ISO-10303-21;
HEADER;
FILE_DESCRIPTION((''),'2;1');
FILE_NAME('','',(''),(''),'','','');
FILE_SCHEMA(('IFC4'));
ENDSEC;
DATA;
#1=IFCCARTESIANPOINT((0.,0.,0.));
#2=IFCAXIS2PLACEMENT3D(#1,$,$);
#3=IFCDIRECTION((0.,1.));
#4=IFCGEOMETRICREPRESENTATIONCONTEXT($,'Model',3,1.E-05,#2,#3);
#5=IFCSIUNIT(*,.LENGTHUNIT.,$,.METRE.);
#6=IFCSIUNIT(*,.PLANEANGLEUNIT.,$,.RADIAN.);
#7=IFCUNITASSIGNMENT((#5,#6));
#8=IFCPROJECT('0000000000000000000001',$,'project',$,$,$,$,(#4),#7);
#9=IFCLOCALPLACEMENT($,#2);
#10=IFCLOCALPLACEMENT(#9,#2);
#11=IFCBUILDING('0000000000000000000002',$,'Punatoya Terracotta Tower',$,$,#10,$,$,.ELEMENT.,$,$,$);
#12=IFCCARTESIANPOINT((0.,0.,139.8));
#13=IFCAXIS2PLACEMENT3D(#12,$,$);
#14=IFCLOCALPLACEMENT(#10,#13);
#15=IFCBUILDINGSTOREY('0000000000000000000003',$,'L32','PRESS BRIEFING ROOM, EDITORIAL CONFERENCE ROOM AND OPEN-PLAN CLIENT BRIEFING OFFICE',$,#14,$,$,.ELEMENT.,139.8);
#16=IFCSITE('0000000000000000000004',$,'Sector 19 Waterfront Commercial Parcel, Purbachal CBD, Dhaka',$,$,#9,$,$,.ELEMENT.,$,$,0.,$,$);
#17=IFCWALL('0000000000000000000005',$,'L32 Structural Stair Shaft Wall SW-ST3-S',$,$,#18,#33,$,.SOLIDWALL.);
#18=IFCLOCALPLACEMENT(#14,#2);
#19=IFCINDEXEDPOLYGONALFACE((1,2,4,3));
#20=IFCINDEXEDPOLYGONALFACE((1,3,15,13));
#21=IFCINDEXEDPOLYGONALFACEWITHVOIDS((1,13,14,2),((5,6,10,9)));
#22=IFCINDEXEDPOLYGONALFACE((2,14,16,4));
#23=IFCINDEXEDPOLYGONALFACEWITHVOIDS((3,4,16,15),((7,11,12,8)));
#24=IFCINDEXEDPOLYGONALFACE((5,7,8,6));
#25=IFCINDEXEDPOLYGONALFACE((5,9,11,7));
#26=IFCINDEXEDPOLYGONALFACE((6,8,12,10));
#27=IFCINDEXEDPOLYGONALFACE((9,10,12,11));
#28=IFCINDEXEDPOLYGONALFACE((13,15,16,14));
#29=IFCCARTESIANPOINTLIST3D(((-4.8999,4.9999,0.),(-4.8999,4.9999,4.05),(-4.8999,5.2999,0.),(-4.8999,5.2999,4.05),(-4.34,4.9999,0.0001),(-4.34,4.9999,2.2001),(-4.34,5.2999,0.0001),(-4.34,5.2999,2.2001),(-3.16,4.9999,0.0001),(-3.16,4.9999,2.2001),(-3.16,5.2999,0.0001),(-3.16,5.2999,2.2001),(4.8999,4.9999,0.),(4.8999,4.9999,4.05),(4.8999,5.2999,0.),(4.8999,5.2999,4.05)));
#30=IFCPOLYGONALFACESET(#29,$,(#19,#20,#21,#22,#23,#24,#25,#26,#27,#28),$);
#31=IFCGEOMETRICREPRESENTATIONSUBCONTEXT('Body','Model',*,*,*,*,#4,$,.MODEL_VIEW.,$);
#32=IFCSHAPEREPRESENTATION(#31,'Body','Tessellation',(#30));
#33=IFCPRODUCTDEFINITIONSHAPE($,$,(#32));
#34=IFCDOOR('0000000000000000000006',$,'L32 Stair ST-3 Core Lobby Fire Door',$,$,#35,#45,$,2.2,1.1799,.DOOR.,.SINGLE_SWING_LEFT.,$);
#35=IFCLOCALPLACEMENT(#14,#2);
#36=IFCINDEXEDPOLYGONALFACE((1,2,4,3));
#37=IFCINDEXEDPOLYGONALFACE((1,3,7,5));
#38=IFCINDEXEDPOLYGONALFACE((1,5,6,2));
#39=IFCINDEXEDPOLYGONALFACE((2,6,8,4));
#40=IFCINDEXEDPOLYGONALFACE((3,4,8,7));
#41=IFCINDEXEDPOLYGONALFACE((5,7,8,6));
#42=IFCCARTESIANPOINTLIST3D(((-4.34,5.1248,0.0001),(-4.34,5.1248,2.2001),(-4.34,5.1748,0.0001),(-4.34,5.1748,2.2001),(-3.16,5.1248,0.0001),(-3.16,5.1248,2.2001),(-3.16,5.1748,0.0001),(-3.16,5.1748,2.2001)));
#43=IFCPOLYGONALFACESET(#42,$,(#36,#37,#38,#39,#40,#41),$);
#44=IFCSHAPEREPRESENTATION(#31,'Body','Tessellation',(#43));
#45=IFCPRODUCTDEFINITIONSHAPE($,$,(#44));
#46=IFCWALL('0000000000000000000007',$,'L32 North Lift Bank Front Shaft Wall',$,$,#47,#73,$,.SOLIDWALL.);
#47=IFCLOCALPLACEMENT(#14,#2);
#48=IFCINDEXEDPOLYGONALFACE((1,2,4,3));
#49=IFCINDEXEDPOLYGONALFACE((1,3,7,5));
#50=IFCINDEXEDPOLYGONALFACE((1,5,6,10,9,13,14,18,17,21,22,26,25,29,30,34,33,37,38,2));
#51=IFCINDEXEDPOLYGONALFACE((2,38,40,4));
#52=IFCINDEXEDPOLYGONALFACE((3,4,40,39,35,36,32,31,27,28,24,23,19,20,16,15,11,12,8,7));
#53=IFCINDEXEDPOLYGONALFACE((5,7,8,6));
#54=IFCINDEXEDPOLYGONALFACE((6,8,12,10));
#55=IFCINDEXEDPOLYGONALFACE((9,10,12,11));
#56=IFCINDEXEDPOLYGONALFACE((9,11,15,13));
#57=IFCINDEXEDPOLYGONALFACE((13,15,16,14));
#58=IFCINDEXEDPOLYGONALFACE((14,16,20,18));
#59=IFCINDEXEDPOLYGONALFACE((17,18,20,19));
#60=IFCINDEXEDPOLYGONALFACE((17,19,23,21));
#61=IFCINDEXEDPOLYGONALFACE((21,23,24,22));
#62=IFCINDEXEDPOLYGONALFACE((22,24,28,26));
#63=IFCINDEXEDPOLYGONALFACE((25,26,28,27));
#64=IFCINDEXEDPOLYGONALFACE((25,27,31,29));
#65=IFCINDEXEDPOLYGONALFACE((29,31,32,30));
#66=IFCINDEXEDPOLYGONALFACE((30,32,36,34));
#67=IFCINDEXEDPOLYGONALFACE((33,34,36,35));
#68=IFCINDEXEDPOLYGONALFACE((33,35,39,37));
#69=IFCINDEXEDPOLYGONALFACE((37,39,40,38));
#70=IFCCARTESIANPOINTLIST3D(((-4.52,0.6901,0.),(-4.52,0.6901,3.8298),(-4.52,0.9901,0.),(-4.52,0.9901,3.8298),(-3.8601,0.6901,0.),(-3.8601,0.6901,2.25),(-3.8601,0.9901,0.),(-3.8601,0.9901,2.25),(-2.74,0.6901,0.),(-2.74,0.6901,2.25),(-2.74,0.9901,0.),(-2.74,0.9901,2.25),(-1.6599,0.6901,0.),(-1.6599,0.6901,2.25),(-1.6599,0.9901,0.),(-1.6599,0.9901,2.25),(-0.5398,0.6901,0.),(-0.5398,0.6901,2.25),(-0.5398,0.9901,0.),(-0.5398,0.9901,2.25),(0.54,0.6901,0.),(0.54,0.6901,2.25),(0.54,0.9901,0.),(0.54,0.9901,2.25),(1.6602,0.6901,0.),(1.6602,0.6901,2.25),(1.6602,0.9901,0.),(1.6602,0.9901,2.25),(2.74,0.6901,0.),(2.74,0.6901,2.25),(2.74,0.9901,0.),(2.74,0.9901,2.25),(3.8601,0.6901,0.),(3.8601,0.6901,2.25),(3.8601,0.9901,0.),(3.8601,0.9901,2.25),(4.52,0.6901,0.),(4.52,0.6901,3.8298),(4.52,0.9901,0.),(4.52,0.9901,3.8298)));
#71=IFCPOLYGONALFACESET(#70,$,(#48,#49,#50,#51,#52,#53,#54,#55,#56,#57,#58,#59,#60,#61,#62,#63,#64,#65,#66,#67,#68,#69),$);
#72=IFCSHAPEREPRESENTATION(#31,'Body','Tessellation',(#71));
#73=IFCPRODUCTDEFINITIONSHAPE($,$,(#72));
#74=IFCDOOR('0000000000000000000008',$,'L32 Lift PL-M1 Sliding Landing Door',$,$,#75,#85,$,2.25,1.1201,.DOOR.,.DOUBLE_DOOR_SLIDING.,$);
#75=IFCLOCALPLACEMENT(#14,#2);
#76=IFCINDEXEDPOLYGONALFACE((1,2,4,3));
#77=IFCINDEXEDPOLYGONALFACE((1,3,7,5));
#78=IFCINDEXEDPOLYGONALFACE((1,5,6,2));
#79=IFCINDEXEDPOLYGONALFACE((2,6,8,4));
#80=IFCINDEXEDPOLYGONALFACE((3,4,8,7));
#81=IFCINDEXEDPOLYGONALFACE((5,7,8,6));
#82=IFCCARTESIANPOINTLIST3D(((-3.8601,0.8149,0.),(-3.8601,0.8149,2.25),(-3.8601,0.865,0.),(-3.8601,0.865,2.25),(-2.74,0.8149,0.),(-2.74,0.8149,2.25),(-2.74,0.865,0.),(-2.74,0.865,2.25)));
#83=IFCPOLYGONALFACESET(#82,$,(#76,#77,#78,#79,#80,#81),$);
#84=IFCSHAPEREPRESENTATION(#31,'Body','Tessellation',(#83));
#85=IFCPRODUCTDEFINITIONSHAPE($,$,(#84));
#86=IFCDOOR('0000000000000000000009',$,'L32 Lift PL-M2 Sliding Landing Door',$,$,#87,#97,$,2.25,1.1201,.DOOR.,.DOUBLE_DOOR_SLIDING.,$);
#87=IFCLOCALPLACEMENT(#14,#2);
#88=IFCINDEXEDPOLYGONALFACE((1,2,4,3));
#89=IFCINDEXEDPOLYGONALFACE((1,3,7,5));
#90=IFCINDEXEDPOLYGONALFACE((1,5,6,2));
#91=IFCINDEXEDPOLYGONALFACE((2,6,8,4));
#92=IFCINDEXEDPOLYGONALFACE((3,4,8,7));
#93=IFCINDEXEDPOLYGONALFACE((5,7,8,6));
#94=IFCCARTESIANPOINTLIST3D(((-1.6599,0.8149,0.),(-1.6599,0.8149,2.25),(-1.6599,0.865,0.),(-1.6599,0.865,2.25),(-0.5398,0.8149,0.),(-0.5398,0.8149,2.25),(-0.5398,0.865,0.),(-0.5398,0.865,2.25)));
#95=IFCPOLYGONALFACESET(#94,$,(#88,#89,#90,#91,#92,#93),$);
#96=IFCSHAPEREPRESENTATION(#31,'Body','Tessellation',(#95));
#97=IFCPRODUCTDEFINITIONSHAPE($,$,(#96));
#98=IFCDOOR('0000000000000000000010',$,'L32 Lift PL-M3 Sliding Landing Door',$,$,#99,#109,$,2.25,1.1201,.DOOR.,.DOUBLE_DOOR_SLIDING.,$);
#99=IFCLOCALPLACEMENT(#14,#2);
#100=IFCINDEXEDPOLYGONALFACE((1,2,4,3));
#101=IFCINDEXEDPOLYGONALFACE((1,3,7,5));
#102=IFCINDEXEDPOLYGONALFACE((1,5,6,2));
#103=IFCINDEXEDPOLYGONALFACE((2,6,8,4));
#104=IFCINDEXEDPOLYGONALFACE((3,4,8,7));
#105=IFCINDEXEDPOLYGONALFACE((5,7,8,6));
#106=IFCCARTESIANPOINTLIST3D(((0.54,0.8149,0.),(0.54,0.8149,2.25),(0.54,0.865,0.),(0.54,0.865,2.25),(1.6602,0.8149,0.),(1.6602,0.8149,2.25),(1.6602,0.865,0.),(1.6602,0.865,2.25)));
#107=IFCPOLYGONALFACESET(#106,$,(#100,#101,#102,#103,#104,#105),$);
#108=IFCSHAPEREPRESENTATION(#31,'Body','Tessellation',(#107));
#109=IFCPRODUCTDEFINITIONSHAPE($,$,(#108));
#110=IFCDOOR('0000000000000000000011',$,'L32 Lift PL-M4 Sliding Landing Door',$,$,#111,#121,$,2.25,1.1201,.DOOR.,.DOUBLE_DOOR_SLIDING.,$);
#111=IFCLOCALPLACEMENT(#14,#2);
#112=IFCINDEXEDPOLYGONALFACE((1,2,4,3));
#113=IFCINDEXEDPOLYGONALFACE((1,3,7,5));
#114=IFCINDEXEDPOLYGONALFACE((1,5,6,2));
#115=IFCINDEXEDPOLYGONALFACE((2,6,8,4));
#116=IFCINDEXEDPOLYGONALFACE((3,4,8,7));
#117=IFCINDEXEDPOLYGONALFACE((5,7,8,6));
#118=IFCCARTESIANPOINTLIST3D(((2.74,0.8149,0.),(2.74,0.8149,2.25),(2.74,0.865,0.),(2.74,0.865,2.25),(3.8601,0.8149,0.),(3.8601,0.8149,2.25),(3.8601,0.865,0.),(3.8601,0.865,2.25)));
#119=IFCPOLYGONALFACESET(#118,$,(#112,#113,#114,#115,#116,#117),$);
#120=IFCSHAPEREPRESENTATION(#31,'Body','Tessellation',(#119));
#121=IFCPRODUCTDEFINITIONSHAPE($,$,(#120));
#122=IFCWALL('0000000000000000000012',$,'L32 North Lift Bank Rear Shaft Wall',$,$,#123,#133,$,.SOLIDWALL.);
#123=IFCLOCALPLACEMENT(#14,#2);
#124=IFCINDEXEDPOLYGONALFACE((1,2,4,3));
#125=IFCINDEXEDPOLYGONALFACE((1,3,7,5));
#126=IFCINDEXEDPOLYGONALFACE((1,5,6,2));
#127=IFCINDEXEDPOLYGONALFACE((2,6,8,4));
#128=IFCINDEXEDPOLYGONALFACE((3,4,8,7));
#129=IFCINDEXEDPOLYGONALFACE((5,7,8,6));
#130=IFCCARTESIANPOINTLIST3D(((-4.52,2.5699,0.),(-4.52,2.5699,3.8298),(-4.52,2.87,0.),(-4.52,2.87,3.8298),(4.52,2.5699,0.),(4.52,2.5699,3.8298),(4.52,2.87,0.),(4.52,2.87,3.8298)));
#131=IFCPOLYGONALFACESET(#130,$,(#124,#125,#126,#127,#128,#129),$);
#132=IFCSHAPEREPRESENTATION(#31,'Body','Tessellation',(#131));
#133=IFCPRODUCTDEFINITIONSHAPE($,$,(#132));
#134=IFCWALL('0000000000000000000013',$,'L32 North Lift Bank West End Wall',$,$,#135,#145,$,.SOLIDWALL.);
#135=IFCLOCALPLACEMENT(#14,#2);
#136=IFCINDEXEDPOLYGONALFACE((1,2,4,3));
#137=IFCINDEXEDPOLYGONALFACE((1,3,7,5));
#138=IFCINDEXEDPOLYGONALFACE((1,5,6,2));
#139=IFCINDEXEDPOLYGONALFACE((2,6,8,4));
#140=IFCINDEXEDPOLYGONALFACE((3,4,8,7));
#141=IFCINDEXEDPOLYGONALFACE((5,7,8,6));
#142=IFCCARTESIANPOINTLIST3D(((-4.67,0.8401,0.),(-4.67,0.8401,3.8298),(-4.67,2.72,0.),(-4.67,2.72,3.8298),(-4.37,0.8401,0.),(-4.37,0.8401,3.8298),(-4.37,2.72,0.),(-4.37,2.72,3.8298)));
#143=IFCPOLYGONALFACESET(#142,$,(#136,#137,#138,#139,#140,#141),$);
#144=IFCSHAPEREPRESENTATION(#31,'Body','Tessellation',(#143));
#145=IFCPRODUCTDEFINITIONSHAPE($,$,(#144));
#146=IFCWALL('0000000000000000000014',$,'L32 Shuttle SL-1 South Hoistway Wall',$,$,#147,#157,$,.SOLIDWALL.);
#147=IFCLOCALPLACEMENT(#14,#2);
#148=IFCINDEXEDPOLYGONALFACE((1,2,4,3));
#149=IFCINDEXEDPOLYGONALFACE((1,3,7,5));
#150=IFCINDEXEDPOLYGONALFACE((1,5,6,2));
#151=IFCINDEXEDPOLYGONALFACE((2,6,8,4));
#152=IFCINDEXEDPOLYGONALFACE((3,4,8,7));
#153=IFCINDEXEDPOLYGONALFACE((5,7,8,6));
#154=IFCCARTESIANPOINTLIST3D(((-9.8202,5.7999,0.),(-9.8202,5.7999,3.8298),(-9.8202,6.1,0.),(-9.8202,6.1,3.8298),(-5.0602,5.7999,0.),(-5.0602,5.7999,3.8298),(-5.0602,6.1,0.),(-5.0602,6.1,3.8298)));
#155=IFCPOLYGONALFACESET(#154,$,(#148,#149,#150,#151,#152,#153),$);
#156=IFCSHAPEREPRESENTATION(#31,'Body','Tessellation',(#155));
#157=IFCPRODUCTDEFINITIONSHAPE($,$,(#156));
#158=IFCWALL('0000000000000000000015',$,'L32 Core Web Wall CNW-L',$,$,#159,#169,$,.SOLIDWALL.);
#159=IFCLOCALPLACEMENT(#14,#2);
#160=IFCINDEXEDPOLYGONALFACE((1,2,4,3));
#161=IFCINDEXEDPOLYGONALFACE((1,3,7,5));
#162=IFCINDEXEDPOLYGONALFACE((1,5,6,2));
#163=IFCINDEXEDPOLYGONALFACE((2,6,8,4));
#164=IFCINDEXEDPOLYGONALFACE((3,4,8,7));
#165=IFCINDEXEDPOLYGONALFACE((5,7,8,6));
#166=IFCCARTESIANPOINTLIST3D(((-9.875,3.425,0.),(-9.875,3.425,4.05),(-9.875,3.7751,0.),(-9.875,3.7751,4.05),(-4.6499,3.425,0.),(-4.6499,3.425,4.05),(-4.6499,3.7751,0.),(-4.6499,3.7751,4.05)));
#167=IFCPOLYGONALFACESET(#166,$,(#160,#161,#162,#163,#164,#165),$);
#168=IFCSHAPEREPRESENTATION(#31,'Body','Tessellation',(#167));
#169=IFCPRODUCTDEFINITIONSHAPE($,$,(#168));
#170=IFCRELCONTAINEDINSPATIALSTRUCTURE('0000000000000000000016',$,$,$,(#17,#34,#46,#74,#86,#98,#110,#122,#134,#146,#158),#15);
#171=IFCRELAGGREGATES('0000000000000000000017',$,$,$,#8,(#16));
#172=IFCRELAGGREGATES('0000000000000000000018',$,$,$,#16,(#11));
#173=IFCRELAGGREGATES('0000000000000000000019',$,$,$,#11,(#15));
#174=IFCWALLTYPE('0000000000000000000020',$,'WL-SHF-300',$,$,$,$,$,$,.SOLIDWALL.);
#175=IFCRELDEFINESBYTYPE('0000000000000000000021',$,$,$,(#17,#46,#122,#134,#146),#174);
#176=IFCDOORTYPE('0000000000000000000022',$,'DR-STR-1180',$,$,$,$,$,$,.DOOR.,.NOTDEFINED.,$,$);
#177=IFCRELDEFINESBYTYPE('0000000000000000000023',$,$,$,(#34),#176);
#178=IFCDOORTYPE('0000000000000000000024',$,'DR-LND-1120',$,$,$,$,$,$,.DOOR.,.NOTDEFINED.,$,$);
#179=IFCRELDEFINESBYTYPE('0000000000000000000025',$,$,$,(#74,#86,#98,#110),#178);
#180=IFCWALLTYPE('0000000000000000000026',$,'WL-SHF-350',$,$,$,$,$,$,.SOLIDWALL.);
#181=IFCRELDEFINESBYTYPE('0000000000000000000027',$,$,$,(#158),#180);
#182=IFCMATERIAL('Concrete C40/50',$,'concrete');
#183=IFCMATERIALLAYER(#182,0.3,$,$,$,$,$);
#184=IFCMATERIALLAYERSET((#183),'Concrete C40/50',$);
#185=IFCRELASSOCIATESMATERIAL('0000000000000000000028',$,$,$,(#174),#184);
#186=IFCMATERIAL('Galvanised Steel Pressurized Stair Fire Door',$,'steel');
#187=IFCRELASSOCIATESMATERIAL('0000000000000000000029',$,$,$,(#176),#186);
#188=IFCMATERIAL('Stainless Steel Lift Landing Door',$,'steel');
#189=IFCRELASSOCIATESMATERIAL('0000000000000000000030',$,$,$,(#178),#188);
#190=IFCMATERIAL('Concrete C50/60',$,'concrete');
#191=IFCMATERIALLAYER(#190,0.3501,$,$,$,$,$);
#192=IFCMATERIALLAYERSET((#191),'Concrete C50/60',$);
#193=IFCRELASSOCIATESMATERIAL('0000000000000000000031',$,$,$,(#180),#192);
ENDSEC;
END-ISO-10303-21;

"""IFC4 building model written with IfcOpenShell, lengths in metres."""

from ifc_helpers import new_model, si_unit, direction, frame, frame_2d, origin, place, context, subcontext, project, spatial, rectangle, extrude, material, layer, layer_set, type_object, element, fill, save


model = new_model("IFC4")

# Units and contexts
model_context = context("Model", 3, precision=1e-05, world=origin(), true_north=direction((0.0, 1.0)))
body_context = subcontext(model_context, "Body", "Model", "MODEL_VIEW")
ifc_project = project(units=[si_unit("LENGTHUNIT", "METRE"), si_unit("PLANEANGLEUNIT", "RADIAN")], contexts=[model_context])

# Site, building, storey
site_placement = place(None, origin())
site = spatial("IfcSite", under=ifc_project, at=site_placement, Name="Sector 19 Waterfront Commercial Parcel, Purbachal CBD, Dhaka", CompositionType="ELEMENT", RefElevation=0.0)
building_placement = place(site_placement, origin())
building = spatial("IfcBuilding", under=site, at=building_placement, Name="Punatoya Terracotta Tower", CompositionType="ELEMENT")
storey_placement = place(building_placement, frame((0.0, 0.0, 139.8)))
storey = spatial("IfcBuildingStorey", under=building, at=storey_placement, Name="L32", Description="PRESS BRIEFING ROOM, EDITORIAL CONFERENCE ROOM AND OPEN-PLAN CLIENT BRIEFING OFFICE", CompositionType="ELEMENT", Elevation=139.8)

# Shared definitions
ifc_material_1 = material(Name="Concrete C40/50", Category="concrete")
ifc_layer_1 = layer(ifc_material_1, 0.3)
ifc_layer_set_1 = layer_set([ifc_layer_1], Name="Concrete C40/50")
wall_type_1 = type_object("IfcWallType", Name="WL-SHF-300", PredefinedType="SOLIDWALL", material=ifc_layer_set_1)

# Wall, opening, door
wall_1_placement = place(storey_placement, frame((-4.8999, 5.1499, 0.0), z_axis=(0.0, 0.0, 1.0), x_axis=(1.0, 0.0, 0.0)))
wall_1 = element("IfcWall", 1, at=wall_1_placement, inside=storey, type_object=wall_type_1, Name="L32 Structural Stair Shaft Wall SW-ST3-S", PredefinedType="SOLIDWALL", context=body_context, shape_type="SweptSolid", body=[
    extrude(rectangle(XDim=9.7998, YDim=0.3, at=frame_2d((4.8999, 0.0))), origin(), (0.0, 0.0, 1.0), 4.05),
])
opening_1_placement = place(wall_1_placement, frame((0.5601, 0.0, 0.0)))
opening_1 = element("IfcOpeningElement", 2, at=opening_1_placement, cuts=wall_1, PredefinedType="OPENING", context=body_context, shape_type="SweptSolid", body=[
    extrude(rectangle(XDim=1.1799, YDim=2.2, at=frame_2d((0.5898, 1.1001))), frame((0.0, 0.1599, 0.0), z_axis=(0.0, -1.0, 0.0), x_axis=(1.0, 0.0, 0.0)), (0.0, 0.0, 1.0), 0.3201),
])
ifc_material_2 = material(Name="Galvanised Steel Pressurized Stair Fire Door", Category="steel")
door_type_1 = type_object("IfcDoorType", Name="DR-STR-1180", OperationType="NOTDEFINED", PredefinedType="DOOR", material=ifc_material_2)
door_1_placement = place(opening_1_placement, origin())
door_1 = element("IfcDoor", 3, at=door_1_placement, inside=storey, type_object=door_type_1, Name="L32 Stair ST-3 Core Lobby Fire Door", OperationType="SINGLE_SWING_LEFT", OverallHeight=2.2, OverallWidth=1.1799, PredefinedType="DOOR", context=body_context, shape_type="SweptSolid", body=[
    extrude(rectangle(XDim=1.1799, YDim=2.2, at=frame_2d((0.5898, 1.1001))), frame((0.0, 0.0249, 0.0), z_axis=(0.0, -1.0, 0.0), x_axis=(1.0, 0.0, 0.0)), (0.0, 0.0, 1.0), 0.05),
])
fill(opening_1, door_1)

# Wall, openings, doors
wall_2_placement = place(storey_placement, frame((-4.52, 0.8401, 0.0), z_axis=(0.0, 0.0, 1.0), x_axis=(1.0, 0.0, 0.0)))
wall_2 = element("IfcWall", 4, at=wall_2_placement, inside=storey, type_object=wall_type_1, Name="L32 North Lift Bank Front Shaft Wall", PredefinedType="SOLIDWALL", context=body_context, shape_type="SweptSolid", body=[
    extrude(rectangle(XDim=9.04, YDim=0.3, at=frame_2d((4.52, 0.0))), origin(), (0.0, 0.0, 1.0), 3.8298),
])
opening_2_placement = place(wall_2_placement, frame((0.6599, 0.0, 0.0)))
opening_2 = element("IfcOpeningElement", 5, at=opening_2_placement, cuts=wall_2, PredefinedType="OPENING", context=body_context, shape_type="SweptSolid", body=[
    extrude(rectangle(XDim=1.1201, YDim=2.25, at=frame_2d((0.5601, 1.125))), frame((0.0, 0.1599, 0.0), z_axis=(0.0, -1.0, 0.0), x_axis=(1.0, 0.0, 0.0)), (0.0, 0.0, 1.0), 0.3201),
])
opening_3_placement = place(wall_2_placement, frame((2.8601, 0.0, 0.0)))
opening_3 = element("IfcOpeningElement", 6, at=opening_3_placement, cuts=wall_2, PredefinedType="OPENING", context=body_context, shape_type="SweptSolid", body=[
    extrude(rectangle(XDim=1.1201, YDim=2.25, at=frame_2d((0.5601, 1.125))), frame((0.0, 0.1599, 0.0), z_axis=(0.0, -1.0, 0.0), x_axis=(1.0, 0.0, 0.0)), (0.0, 0.0, 1.0), 0.3201),
])
opening_4_placement = place(wall_2_placement, frame((5.0601, 0.0, 0.0)))
opening_4 = element("IfcOpeningElement", 7, at=opening_4_placement, cuts=wall_2, PredefinedType="OPENING", context=body_context, shape_type="SweptSolid", body=[
    extrude(rectangle(XDim=1.1201, YDim=2.25, at=frame_2d((0.5601, 1.125))), frame((0.0, 0.1599, 0.0), z_axis=(0.0, -1.0, 0.0), x_axis=(1.0, 0.0, 0.0)), (0.0, 0.0, 1.0), 0.3201),
])
opening_5_placement = place(wall_2_placement, frame((7.26, 0.0, 0.0)))
opening_5 = element("IfcOpeningElement", 8, at=opening_5_placement, cuts=wall_2, PredefinedType="OPENING", context=body_context, shape_type="SweptSolid", body=[
    extrude(rectangle(XDim=1.1201, YDim=2.25, at=frame_2d((0.5601, 1.125))), frame((0.0, 0.1599, 0.0), z_axis=(0.0, -1.0, 0.0), x_axis=(1.0, 0.0, 0.0)), (0.0, 0.0, 1.0), 0.3201),
])
ifc_material_3 = material(Name="Stainless Steel Lift Landing Door", Category="steel")
door_type_2 = type_object("IfcDoorType", Name="DR-LND-1120", OperationType="NOTDEFINED", PredefinedType="DOOR", material=ifc_material_3)
door_2_placement = place(opening_2_placement, origin())
door_2 = element("IfcDoor", 9, at=door_2_placement, inside=storey, type_object=door_type_2, Name="L32 Lift PL-M1 Sliding Landing Door", OperationType="DOUBLE_DOOR_SLIDING", OverallHeight=2.25, OverallWidth=1.1201, PredefinedType="DOOR", context=body_context, shape_type="SweptSolid", body=[
    extrude(rectangle(XDim=1.1201, YDim=2.25, at=frame_2d((0.5601, 1.125))), frame((0.0, 0.0249, 0.0), z_axis=(0.0, -1.0, 0.0), x_axis=(1.0, 0.0, 0.0)), (0.0, 0.0, 1.0), 0.05),
])
fill(opening_2, door_2)
door_3_placement = place(opening_3_placement, origin())
door_3 = element("IfcDoor", 10, at=door_3_placement, inside=storey, type_object=door_type_2, Name="L32 Lift PL-M2 Sliding Landing Door", OperationType="DOUBLE_DOOR_SLIDING", OverallHeight=2.25, OverallWidth=1.1201, PredefinedType="DOOR", context=body_context, shape_type="SweptSolid", body=[
    extrude(rectangle(XDim=1.1201, YDim=2.25, at=frame_2d((0.5601, 1.125))), frame((0.0, 0.0249, 0.0), z_axis=(0.0, -1.0, 0.0), x_axis=(1.0, 0.0, 0.0)), (0.0, 0.0, 1.0), 0.05),
])
fill(opening_3, door_3)
door_4_placement = place(opening_4_placement, origin())
door_4 = element("IfcDoor", 11, at=door_4_placement, inside=storey, type_object=door_type_2, Name="L32 Lift PL-M3 Sliding Landing Door", OperationType="DOUBLE_DOOR_SLIDING", OverallHeight=2.25, OverallWidth=1.1201, PredefinedType="DOOR", context=body_context, shape_type="SweptSolid", body=[
    extrude(rectangle(XDim=1.1201, YDim=2.25, at=frame_2d((0.5601, 1.125))), frame((0.0, 0.0249, 0.0), z_axis=(0.0, -1.0, 0.0), x_axis=(1.0, 0.0, 0.0)), (0.0, 0.0, 1.0), 0.05),
])
fill(opening_4, door_4)
door_5_placement = place(opening_5_placement, origin())
door_5 = element("IfcDoor", 12, at=door_5_placement, inside=storey, type_object=door_type_2, Name="L32 Lift PL-M4 Sliding Landing Door", OperationType="DOUBLE_DOOR_SLIDING", OverallHeight=2.25, OverallWidth=1.1201, PredefinedType="DOOR", context=body_context, shape_type="SweptSolid", body=[
    extrude(rectangle(XDim=1.1201, YDim=2.25, at=frame_2d((0.5601, 1.125))), frame((0.0, 0.0249, 0.0), z_axis=(0.0, -1.0, 0.0), x_axis=(1.0, 0.0, 0.0)), (0.0, 0.0, 1.0), 0.05),
])
fill(opening_5, door_5)

# Walls
wall_3_placement = place(storey_placement, frame((-4.52, 2.72, 0.0), z_axis=(0.0, 0.0, 1.0), x_axis=(1.0, 0.0, 0.0)))
element("IfcWall", 13, at=wall_3_placement, inside=storey, type_object=wall_type_1, Name="L32 North Lift Bank Rear Shaft Wall", PredefinedType="SOLIDWALL", context=body_context, shape_type="SweptSolid", body=[
    extrude(rectangle(XDim=9.04, YDim=0.3, at=frame_2d((4.52, 0.0))), origin(), (0.0, 0.0, 1.0), 3.8298),
])
wall_4_placement = place(storey_placement, frame((-4.52, 0.8401, 0.0), z_axis=(0.0, 0.0, 1.0), x_axis=(0.0, 1.0, 0.0)))
element("IfcWall", 14, at=wall_4_placement, inside=storey, type_object=wall_type_1, Name="L32 North Lift Bank West End Wall", PredefinedType="SOLIDWALL", context=body_context, shape_type="SweptSolid", body=[
    extrude(rectangle(XDim=1.8799, YDim=0.3, at=frame_2d((0.9399, 0.0))), origin(), (0.0, 0.0, 1.0), 3.8298),
])
wall_5_placement = place(storey_placement, frame((-9.8201, 5.95, 0.0), z_axis=(0.0, 0.0, 1.0), x_axis=(1.0, 0.0, 0.0)))
element("IfcWall", 15, at=wall_5_placement, inside=storey, type_object=wall_type_1, Name="L32 Shuttle SL-1 South Hoistway Wall", PredefinedType="SOLIDWALL", context=body_context, shape_type="SweptSolid", body=[
    extrude(rectangle(XDim=4.76, YDim=0.3, at=frame_2d((2.3799, 0.0))), origin(), (0.0, 0.0, 1.0), 3.8298),
])
ifc_material_4 = material(Name="Concrete C50/60", Category="concrete")
ifc_layer_2 = layer(ifc_material_4, 0.3501)
ifc_layer_set_2 = layer_set([ifc_layer_2], Name="Concrete C50/60")
wall_type_2 = type_object("IfcWallType", Name="WL-SHF-350", PredefinedType="SOLIDWALL", material=ifc_layer_set_2)
wall_6_placement = place(storey_placement, frame((-9.875, 3.6001, 0.0), z_axis=(0.0, 0.0, 1.0), x_axis=(1.0, 0.0, 0.0)))
element("IfcWall", 16, at=wall_6_placement, inside=storey, type_object=wall_type_2, Name="L32 Core Web Wall CNW-L", PredefinedType="SOLIDWALL", context=body_context, shape_type="SweptSolid", body=[
    extrude(rectangle(XDim=5.2251, YDim=0.3501, at=frame_2d((2.6125, 0.0))), origin(), (0.0, 0.0, 1.0), 4.05),
])

save(model, "model.ifc")
